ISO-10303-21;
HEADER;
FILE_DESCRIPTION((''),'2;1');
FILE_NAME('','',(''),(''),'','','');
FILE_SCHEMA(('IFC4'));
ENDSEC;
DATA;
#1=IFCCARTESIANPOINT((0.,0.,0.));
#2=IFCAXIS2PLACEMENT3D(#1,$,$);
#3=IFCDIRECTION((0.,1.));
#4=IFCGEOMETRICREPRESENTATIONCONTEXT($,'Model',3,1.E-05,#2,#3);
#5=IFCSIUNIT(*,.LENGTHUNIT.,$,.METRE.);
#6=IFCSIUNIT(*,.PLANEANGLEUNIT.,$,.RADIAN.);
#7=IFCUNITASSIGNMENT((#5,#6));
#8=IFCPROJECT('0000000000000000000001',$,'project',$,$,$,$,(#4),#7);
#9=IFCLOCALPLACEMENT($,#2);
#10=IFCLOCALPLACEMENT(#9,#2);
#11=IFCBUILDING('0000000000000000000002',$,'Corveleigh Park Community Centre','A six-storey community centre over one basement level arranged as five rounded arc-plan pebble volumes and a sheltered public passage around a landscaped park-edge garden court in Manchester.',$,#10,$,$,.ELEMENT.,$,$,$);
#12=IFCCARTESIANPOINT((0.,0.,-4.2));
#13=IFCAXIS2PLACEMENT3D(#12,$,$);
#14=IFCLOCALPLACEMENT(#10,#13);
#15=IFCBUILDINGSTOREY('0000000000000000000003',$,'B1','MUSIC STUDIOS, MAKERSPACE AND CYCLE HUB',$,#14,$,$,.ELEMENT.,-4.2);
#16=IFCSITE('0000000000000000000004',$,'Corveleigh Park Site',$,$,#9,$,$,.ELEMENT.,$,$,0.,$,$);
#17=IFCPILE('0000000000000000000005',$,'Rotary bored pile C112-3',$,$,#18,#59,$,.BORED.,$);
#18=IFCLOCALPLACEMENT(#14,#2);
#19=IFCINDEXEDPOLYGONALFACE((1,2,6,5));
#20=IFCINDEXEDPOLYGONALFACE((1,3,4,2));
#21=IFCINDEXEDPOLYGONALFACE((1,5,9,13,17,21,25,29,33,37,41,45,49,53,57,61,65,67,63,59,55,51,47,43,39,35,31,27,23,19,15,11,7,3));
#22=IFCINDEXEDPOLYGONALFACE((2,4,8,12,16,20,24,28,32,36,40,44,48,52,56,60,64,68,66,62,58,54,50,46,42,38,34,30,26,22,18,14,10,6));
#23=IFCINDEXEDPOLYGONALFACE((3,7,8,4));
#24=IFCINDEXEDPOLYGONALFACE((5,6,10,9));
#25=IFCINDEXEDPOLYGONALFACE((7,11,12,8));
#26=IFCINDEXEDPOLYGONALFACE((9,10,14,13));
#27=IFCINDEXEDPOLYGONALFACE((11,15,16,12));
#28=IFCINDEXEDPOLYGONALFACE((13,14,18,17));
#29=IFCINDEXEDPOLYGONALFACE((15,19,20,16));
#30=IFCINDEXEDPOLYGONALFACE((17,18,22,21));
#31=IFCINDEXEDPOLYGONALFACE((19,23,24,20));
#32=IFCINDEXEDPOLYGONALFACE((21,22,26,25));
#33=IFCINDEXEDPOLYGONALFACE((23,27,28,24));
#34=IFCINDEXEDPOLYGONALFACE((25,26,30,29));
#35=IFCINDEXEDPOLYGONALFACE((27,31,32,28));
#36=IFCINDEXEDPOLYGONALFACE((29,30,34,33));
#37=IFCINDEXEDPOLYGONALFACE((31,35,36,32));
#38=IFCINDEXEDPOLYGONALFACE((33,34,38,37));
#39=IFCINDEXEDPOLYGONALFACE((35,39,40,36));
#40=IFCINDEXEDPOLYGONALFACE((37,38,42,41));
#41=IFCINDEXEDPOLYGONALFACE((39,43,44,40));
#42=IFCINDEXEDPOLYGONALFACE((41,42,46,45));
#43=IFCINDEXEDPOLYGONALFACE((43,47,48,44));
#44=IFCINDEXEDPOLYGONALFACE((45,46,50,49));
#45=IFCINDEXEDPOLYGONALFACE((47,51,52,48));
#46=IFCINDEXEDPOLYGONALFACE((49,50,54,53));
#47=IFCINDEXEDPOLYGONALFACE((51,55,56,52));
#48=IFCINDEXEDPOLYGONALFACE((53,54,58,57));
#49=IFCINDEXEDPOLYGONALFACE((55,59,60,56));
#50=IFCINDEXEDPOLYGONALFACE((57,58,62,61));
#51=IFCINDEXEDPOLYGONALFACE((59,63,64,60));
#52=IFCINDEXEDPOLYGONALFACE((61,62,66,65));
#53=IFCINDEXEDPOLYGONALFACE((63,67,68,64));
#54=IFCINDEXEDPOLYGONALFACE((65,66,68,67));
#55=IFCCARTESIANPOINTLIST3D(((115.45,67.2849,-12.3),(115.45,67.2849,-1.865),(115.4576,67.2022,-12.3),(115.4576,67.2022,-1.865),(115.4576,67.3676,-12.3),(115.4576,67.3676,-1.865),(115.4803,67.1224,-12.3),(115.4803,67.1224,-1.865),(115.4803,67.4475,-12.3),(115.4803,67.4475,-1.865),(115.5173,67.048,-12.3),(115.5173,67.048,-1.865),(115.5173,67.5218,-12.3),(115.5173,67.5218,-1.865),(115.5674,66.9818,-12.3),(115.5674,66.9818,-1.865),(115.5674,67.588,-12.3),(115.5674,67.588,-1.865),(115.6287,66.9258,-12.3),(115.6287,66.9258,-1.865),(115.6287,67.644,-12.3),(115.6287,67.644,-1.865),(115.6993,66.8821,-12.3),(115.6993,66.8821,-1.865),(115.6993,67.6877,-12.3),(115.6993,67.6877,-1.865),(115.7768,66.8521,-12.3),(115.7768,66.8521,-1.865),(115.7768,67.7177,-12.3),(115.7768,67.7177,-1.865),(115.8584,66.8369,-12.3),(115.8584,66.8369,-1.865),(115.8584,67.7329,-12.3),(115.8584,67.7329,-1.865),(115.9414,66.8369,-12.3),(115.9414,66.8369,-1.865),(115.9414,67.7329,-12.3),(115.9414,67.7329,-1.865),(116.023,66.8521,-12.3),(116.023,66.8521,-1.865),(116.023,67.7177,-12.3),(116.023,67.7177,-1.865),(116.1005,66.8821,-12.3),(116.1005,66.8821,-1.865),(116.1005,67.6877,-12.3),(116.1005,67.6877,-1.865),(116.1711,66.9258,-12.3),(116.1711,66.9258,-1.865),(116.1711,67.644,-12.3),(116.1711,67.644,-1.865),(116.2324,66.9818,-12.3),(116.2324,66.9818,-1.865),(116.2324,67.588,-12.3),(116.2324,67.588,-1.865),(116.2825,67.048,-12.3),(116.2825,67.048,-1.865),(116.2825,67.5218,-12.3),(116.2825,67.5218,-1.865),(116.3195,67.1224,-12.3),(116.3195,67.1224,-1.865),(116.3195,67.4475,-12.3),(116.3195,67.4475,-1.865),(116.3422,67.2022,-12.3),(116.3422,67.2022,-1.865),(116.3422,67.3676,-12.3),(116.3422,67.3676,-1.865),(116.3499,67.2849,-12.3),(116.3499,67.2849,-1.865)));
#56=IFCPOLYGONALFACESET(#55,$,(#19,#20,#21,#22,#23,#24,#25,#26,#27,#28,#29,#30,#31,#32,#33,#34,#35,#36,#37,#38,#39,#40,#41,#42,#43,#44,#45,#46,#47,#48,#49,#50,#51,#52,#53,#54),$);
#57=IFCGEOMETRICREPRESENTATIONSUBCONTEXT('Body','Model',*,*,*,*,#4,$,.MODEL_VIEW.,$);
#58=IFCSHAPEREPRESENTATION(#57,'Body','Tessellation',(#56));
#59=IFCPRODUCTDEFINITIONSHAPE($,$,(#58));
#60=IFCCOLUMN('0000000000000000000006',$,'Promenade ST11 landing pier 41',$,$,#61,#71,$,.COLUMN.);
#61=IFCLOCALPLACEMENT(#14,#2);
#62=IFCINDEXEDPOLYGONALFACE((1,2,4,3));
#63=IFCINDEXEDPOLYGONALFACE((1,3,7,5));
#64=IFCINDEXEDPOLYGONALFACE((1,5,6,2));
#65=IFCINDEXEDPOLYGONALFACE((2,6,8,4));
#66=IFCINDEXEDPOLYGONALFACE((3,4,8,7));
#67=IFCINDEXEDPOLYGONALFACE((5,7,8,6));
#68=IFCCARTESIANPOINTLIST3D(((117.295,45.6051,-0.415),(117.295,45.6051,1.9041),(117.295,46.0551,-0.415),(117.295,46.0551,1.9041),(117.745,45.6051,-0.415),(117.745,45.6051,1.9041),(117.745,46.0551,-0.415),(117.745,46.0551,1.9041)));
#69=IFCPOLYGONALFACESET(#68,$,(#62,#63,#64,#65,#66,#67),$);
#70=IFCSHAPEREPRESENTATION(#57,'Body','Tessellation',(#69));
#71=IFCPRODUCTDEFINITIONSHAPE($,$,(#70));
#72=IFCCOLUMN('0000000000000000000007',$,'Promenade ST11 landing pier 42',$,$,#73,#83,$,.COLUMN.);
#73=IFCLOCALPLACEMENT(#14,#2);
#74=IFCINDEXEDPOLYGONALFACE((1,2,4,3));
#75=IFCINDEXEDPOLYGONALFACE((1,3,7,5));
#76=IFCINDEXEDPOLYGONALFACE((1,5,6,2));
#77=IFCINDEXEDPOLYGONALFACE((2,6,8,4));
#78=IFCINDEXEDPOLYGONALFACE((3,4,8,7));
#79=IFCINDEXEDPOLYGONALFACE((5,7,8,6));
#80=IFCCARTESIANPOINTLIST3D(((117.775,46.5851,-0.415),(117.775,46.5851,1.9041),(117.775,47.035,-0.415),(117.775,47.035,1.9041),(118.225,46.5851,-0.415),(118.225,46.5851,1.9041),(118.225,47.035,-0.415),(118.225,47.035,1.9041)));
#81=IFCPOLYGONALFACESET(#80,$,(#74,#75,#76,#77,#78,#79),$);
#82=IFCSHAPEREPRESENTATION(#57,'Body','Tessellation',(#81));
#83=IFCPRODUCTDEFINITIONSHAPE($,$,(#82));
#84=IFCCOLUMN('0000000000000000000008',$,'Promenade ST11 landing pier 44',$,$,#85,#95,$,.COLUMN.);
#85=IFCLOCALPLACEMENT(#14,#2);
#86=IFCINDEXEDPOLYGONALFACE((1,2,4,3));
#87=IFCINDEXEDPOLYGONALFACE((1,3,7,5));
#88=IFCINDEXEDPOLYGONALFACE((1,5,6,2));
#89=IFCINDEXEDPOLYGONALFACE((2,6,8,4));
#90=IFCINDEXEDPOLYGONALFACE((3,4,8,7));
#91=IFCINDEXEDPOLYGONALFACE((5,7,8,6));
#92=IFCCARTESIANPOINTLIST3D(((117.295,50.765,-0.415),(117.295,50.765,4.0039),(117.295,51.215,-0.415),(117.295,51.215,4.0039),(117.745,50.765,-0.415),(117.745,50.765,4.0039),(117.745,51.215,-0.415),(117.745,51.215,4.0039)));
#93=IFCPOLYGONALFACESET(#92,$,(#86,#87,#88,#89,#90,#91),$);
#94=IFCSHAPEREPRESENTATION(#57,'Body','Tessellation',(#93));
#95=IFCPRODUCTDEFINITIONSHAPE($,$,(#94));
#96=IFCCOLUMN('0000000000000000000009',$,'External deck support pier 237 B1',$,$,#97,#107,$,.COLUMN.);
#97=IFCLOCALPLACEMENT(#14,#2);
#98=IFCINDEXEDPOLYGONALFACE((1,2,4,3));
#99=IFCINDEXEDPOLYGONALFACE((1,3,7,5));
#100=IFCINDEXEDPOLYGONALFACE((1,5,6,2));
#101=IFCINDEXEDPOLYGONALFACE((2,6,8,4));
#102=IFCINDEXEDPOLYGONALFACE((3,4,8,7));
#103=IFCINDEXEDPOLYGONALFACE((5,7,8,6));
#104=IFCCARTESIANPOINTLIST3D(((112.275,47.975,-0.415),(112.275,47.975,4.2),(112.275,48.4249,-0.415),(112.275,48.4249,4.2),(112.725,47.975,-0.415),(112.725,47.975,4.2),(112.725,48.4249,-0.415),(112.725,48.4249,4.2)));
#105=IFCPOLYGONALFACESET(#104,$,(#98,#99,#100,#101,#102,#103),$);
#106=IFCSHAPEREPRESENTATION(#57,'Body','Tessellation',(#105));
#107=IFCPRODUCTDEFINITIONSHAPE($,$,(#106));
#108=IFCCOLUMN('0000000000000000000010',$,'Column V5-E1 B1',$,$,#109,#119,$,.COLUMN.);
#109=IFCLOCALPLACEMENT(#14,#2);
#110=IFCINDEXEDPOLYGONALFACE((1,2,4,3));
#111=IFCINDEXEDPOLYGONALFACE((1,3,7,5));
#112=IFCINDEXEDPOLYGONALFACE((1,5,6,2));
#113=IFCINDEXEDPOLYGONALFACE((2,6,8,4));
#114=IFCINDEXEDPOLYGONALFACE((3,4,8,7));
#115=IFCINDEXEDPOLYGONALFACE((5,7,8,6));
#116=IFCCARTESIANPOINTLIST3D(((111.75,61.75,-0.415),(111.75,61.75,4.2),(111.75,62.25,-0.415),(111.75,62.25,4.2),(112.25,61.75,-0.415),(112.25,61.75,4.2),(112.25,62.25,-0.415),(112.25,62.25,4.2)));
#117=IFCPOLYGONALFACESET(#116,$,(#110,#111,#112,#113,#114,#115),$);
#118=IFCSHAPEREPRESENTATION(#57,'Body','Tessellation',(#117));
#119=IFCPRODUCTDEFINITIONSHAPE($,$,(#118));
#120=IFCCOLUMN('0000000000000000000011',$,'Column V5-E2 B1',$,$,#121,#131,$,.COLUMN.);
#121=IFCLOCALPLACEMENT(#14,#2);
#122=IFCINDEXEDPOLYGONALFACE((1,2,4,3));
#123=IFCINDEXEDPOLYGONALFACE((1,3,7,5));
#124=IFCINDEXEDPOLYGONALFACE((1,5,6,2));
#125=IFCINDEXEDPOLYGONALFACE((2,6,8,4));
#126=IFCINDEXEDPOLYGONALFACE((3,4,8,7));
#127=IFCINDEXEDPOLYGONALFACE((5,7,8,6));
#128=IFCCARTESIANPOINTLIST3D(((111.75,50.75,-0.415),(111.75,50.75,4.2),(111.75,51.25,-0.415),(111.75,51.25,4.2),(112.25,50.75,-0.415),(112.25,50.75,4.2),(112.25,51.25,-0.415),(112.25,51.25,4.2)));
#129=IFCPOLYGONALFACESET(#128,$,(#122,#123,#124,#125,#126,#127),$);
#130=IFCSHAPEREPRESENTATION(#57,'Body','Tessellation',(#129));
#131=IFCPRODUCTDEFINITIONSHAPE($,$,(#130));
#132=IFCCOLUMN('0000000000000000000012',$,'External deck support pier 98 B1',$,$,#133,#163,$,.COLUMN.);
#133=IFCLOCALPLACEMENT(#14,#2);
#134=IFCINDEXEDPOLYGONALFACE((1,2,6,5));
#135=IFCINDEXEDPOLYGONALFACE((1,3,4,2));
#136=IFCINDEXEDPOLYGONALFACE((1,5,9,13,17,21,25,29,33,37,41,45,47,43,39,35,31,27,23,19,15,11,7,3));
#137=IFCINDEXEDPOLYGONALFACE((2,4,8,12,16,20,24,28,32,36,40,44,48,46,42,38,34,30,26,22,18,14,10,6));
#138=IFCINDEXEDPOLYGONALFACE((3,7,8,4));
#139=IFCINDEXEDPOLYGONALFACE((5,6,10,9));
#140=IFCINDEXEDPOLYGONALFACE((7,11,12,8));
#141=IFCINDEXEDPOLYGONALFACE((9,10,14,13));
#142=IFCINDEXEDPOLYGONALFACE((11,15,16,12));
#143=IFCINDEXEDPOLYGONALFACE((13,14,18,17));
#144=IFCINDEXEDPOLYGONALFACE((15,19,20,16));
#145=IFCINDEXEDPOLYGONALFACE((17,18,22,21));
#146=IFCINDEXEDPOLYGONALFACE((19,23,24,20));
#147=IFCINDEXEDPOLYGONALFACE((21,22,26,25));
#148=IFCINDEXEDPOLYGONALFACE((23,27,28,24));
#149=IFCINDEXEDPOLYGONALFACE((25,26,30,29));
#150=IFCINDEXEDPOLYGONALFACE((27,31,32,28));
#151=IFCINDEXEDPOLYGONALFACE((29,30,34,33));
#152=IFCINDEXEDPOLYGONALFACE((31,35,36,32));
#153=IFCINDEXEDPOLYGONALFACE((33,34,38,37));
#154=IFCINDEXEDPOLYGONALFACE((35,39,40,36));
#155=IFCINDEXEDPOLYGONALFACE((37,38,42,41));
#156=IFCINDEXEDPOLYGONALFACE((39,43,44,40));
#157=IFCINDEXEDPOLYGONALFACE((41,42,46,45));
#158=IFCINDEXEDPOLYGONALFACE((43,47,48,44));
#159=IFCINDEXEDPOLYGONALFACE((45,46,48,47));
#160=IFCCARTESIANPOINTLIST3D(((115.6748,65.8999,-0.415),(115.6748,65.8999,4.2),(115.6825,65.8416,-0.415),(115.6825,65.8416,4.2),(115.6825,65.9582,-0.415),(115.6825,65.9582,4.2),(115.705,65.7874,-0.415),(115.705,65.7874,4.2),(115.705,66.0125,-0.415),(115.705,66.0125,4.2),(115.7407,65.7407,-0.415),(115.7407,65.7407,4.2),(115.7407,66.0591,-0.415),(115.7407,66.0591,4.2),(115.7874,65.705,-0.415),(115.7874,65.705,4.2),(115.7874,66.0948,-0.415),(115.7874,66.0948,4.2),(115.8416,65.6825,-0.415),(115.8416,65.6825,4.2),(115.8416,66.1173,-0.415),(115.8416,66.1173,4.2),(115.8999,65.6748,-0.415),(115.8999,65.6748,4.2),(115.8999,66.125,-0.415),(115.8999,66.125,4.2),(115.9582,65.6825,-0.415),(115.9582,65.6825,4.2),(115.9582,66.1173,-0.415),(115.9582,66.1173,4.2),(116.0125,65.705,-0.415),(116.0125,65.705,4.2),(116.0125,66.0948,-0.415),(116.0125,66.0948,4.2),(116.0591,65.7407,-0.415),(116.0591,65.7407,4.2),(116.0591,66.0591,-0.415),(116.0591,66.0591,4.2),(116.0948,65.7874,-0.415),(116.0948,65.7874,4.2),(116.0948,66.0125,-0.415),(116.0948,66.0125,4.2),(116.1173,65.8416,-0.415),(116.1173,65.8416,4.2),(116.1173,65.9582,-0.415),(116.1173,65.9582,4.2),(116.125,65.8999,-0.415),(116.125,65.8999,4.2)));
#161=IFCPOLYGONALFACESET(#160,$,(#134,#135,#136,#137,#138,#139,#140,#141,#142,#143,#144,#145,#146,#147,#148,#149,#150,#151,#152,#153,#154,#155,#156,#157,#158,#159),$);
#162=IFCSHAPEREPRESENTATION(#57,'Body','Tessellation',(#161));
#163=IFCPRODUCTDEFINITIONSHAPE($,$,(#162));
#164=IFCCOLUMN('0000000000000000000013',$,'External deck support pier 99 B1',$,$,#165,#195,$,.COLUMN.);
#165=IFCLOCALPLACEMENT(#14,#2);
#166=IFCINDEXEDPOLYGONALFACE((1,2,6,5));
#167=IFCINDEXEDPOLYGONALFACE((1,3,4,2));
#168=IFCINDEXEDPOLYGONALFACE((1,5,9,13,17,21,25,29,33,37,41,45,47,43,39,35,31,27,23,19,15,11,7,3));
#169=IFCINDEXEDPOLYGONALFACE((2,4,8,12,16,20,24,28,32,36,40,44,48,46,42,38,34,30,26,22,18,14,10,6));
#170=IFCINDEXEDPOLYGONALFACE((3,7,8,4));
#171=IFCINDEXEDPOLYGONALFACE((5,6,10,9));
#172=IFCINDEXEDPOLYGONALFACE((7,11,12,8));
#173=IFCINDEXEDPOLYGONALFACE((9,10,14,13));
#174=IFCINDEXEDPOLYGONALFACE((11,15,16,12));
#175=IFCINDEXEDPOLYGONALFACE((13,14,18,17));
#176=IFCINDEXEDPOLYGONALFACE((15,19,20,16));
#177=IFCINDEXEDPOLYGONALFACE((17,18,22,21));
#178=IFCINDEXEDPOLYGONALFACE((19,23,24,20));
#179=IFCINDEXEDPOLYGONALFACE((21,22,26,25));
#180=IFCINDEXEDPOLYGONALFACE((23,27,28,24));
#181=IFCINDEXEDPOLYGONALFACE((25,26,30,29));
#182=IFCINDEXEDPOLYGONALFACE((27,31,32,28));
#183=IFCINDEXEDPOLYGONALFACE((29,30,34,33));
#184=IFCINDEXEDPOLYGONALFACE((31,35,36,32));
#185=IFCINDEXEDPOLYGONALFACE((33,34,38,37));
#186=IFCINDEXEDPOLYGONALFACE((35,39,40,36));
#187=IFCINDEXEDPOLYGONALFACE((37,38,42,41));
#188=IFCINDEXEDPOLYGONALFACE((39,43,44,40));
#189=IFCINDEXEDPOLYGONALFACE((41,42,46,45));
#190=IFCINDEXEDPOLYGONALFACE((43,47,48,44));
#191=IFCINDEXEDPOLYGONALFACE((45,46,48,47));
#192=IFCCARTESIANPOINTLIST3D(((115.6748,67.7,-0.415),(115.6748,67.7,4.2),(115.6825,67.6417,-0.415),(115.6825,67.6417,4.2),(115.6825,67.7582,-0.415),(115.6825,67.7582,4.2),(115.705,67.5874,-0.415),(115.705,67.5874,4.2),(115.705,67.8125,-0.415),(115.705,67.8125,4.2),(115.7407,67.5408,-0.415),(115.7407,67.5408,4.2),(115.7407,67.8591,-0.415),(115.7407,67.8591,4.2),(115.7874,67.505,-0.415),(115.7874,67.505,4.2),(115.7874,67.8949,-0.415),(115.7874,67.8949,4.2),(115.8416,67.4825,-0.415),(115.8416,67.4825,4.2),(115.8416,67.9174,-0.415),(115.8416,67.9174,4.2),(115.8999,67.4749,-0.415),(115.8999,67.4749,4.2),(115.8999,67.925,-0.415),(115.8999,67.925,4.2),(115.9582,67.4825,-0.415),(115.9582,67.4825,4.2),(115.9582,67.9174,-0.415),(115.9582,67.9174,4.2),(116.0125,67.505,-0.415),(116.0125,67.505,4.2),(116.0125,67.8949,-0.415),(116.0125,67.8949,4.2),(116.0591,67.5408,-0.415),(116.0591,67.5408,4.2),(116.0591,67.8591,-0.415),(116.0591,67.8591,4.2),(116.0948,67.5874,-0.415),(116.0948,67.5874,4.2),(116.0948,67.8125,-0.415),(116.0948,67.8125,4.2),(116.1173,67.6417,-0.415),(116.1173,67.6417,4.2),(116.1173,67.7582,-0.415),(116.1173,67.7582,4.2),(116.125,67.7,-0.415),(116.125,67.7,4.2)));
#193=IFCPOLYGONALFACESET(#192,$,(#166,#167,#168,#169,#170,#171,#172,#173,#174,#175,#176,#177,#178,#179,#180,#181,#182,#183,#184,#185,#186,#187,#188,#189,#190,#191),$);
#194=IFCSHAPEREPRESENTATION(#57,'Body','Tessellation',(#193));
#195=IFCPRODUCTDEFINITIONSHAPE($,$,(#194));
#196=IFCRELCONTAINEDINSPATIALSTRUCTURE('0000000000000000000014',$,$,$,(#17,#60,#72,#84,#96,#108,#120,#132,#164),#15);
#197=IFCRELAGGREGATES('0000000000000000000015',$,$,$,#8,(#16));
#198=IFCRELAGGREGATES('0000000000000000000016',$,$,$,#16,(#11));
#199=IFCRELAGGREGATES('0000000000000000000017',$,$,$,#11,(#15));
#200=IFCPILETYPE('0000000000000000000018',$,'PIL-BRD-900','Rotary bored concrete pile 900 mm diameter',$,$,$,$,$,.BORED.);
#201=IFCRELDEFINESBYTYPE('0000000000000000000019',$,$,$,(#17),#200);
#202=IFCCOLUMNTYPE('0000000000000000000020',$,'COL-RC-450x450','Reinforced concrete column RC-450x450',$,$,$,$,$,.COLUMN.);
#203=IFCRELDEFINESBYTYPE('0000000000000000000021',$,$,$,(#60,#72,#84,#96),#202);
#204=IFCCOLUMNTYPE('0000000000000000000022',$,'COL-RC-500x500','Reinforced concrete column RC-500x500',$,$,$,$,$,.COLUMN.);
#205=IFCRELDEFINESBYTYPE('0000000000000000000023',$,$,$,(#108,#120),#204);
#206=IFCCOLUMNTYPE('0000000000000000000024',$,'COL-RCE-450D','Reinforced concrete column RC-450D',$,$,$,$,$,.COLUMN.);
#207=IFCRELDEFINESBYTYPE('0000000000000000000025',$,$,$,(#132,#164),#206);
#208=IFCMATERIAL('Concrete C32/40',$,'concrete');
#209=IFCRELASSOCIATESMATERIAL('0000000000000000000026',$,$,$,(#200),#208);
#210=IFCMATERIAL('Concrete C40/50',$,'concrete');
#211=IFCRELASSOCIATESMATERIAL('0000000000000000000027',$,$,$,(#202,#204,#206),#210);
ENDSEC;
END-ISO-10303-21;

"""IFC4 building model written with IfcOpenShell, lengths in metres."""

from ifc_helpers import new_model, si_unit, direction, frame, origin, origin_2d, place, context, subcontext, project, spatial, rectangle, circle, extrude, material, material_profile, profile_set, type_object, element, save


model = new_model("IFC4")

# Units and contexts
model_context = context("Model", 3, precision=1e-05, world=origin(), true_north=direction((0.0, 1.0)))
body_context = subcontext(model_context, "Body", "Model", "MODEL_VIEW")
ifc_project = project(units=[si_unit("LENGTHUNIT", "METRE"), si_unit("PLANEANGLEUNIT", "RADIAN")], contexts=[model_context])

# Site, building, storey
site_placement = place(None, origin())
site = spatial("IfcSite", under=ifc_project, at=site_placement, Name="Corveleigh Park Site", CompositionType="ELEMENT", RefElevation=0.0)
building_placement = place(site_placement, origin())
building = spatial("IfcBuilding", under=site, at=building_placement, Name="Corveleigh Park Community Centre", Description="A six-storey community centre over one basement level arranged as five rounded arc-plan pebble volumes and a sheltered public passage around a landscaped park-edge garden court in Manchester.", CompositionType="ELEMENT")
storey_placement = place(building_placement, frame((0.0, 0.0, -4.2)))
storey = spatial("IfcBuildingStorey", under=building, at=storey_placement, Name="B1", Description="MUSIC STUDIOS, MAKERSPACE AND CYCLE HUB", CompositionType="ELEMENT", Elevation=-4.2)

# Shared definitions
ifc_material_1 = material(Name="Concrete C40/50", Category="concrete")

# Pile
ifc_material_2 = material(Name="Concrete C32/40", Category="concrete")
ifc_material_profile_1 = material_profile(ifc_material_2, circle(Radius=0.45, at=origin_2d()), Name="BORED-PILE-900", Category="concrete")
ifc_profile_set_1 = profile_set([ifc_material_profile_1], Name="Concrete C32/40")
pile_type_1 = type_object("IfcPileType", Name="PIL-BRD-900", Description="Rotary bored concrete pile 900 mm diameter", PredefinedType="BORED", material=ifc_profile_set_1)
for number, where, z_axis, x_axis, name in (
    (1, (115.8999, 67.2849, -1.865), (0.0, 0.0, -1.0), (1.0, 0.0, 0.0), "Rotary bored pile C112-3"),
):
    element("IfcPile", number, at=place(storey_placement, frame(where, z_axis=z_axis, x_axis=x_axis)), inside=storey, type_object=pile_type_1, Name=name, PredefinedType="BORED", context=body_context, shape_type="SweptSolid", body=[
        extrude(circle(Radius=0.45, at=origin_2d()), origin(), (0.0, 0.0, 1.0), 10.4351),
    ])

# Columns
ifc_material_profile_2 = material_profile(ifc_material_1, rectangle(XDim=0.45, YDim=0.45, at=origin_2d()), Name="RC-450x450", Category="concrete")
ifc_profile_set_2 = profile_set([ifc_material_profile_2], Name="Concrete C40/50")
column_type_1 = type_object("IfcColumnType", Name="COL-RC-450x450", Description="Reinforced concrete column RC-450x450", PredefinedType="COLUMN", material=ifc_profile_set_2)
for number, where, z_axis, x_axis, name in (
    (2, (117.52, 45.8301, -0.415), (0.0, 0.0, 1.0), (1.0, 0.0, 0.0), "Promenade ST11 landing pier 41"),
    (3, (118.0, 46.8101, -0.415), (0.0, 0.0, 1.0), (1.0, 0.0, 0.0), "Promenade ST11 landing pier 42"),
):
    element("IfcColumn", number, at=place(storey_placement, frame(where, z_axis=z_axis, x_axis=x_axis)), inside=storey, type_object=column_type_1, Name=name, PredefinedType="COLUMN", context=body_context, shape_type="SweptSolid", body=[
        extrude(rectangle(XDim=0.45, YDim=0.45, at=origin_2d()), origin(), (0.0, 0.0, 1.0), 2.3191),
    ])
column_1_placement = place(storey_placement, frame((117.52, 50.99, -0.415), z_axis=(0.0, 0.0, 1.0), x_axis=(1.0, 0.0, 0.0)))
element("IfcColumn", 4, at=column_1_placement, inside=storey, type_object=column_type_1, Name="Promenade ST11 landing pier 44", PredefinedType="COLUMN", context=body_context, shape_type="SweptSolid", body=[
    extrude(rectangle(XDim=0.45, YDim=0.45, at=origin_2d()), origin(), (0.0, 0.0, 1.0), 4.4189),
])
column_2_placement = place(storey_placement, frame((112.5, 48.2, -0.415), z_axis=(0.0, 0.0, 1.0), x_axis=(1.0, 0.0, 0.0)))
element("IfcColumn", 5, at=column_2_placement, inside=storey, type_object=column_type_1, Name="External deck support pier 237 B1", PredefinedType="COLUMN", context=body_context, shape_type="SweptSolid", body=[
    extrude(rectangle(XDim=0.45, YDim=0.45, at=origin_2d()), origin(), (0.0, 0.0, 1.0), 4.615),
])
ifc_material_profile_3 = material_profile(ifc_material_1, rectangle(XDim=0.5, YDim=0.5, at=origin_2d()), Name="RC-500x500", Category="concrete")
ifc_profile_set_3 = profile_set([ifc_material_profile_3], Name="Concrete C40/50")
column_type_2 = type_object("IfcColumnType", Name="COL-RC-500x500", Description="Reinforced concrete column RC-500x500", PredefinedType="COLUMN", material=ifc_profile_set_3)
for number, where, z_axis, x_axis, name in (
    (6, (112.0, 62.0, -0.415), (0.0, 0.0, 1.0), (1.0, 0.0, 0.0), "Column V5-E1 B1"),
    (7, (112.0, 51.0, -0.415), (0.0, 0.0, 1.0), (1.0, 0.0, 0.0), "Column V5-E2 B1"),
):
    element("IfcColumn", number, at=place(storey_placement, frame(where, z_axis=z_axis, x_axis=x_axis)), inside=storey, type_object=column_type_2, Name=name, PredefinedType="COLUMN", context=body_context, shape_type="SweptSolid", body=[
        extrude(rectangle(XDim=0.5, YDim=0.5, at=origin_2d()), origin(), (0.0, 0.0, 1.0), 4.615),
    ])
ifc_material_profile_4 = material_profile(ifc_material_1, circle(Radius=0.2251, at=origin_2d()), Name="RC-450D", Category="concrete")
ifc_profile_set_4 = profile_set([ifc_material_profile_4], Name="Concrete C40/50")
column_type_3 = type_object("IfcColumnType", Name="COL-RCE-450D", Description="Reinforced concrete column RC-450D", PredefinedType="COLUMN", material=ifc_profile_set_4)
for number, where, z_axis, x_axis, name in (
    (8, (115.8999, 65.8999, -0.415), (0.0, 0.0, 1.0), (1.0, 0.0, 0.0), "External deck support pier 98 B1"),
    (9, (115.8999, 67.7, -0.415), (0.0, 0.0, 1.0), (1.0, 0.0, 0.0), "External deck support pier 99 B1"),
):
    element("IfcColumn", number, at=place(storey_placement, frame(where, z_axis=z_axis, x_axis=x_axis)), inside=storey, type_object=column_type_3, Name=name, PredefinedType="COLUMN", context=body_context, shape_type="SweptSolid", body=[
        extrude(circle(Radius=0.2251, at=origin_2d()), origin(), (0.0, 0.0, 1.0), 4.615),
    ])

save(model, "model.ifc")
